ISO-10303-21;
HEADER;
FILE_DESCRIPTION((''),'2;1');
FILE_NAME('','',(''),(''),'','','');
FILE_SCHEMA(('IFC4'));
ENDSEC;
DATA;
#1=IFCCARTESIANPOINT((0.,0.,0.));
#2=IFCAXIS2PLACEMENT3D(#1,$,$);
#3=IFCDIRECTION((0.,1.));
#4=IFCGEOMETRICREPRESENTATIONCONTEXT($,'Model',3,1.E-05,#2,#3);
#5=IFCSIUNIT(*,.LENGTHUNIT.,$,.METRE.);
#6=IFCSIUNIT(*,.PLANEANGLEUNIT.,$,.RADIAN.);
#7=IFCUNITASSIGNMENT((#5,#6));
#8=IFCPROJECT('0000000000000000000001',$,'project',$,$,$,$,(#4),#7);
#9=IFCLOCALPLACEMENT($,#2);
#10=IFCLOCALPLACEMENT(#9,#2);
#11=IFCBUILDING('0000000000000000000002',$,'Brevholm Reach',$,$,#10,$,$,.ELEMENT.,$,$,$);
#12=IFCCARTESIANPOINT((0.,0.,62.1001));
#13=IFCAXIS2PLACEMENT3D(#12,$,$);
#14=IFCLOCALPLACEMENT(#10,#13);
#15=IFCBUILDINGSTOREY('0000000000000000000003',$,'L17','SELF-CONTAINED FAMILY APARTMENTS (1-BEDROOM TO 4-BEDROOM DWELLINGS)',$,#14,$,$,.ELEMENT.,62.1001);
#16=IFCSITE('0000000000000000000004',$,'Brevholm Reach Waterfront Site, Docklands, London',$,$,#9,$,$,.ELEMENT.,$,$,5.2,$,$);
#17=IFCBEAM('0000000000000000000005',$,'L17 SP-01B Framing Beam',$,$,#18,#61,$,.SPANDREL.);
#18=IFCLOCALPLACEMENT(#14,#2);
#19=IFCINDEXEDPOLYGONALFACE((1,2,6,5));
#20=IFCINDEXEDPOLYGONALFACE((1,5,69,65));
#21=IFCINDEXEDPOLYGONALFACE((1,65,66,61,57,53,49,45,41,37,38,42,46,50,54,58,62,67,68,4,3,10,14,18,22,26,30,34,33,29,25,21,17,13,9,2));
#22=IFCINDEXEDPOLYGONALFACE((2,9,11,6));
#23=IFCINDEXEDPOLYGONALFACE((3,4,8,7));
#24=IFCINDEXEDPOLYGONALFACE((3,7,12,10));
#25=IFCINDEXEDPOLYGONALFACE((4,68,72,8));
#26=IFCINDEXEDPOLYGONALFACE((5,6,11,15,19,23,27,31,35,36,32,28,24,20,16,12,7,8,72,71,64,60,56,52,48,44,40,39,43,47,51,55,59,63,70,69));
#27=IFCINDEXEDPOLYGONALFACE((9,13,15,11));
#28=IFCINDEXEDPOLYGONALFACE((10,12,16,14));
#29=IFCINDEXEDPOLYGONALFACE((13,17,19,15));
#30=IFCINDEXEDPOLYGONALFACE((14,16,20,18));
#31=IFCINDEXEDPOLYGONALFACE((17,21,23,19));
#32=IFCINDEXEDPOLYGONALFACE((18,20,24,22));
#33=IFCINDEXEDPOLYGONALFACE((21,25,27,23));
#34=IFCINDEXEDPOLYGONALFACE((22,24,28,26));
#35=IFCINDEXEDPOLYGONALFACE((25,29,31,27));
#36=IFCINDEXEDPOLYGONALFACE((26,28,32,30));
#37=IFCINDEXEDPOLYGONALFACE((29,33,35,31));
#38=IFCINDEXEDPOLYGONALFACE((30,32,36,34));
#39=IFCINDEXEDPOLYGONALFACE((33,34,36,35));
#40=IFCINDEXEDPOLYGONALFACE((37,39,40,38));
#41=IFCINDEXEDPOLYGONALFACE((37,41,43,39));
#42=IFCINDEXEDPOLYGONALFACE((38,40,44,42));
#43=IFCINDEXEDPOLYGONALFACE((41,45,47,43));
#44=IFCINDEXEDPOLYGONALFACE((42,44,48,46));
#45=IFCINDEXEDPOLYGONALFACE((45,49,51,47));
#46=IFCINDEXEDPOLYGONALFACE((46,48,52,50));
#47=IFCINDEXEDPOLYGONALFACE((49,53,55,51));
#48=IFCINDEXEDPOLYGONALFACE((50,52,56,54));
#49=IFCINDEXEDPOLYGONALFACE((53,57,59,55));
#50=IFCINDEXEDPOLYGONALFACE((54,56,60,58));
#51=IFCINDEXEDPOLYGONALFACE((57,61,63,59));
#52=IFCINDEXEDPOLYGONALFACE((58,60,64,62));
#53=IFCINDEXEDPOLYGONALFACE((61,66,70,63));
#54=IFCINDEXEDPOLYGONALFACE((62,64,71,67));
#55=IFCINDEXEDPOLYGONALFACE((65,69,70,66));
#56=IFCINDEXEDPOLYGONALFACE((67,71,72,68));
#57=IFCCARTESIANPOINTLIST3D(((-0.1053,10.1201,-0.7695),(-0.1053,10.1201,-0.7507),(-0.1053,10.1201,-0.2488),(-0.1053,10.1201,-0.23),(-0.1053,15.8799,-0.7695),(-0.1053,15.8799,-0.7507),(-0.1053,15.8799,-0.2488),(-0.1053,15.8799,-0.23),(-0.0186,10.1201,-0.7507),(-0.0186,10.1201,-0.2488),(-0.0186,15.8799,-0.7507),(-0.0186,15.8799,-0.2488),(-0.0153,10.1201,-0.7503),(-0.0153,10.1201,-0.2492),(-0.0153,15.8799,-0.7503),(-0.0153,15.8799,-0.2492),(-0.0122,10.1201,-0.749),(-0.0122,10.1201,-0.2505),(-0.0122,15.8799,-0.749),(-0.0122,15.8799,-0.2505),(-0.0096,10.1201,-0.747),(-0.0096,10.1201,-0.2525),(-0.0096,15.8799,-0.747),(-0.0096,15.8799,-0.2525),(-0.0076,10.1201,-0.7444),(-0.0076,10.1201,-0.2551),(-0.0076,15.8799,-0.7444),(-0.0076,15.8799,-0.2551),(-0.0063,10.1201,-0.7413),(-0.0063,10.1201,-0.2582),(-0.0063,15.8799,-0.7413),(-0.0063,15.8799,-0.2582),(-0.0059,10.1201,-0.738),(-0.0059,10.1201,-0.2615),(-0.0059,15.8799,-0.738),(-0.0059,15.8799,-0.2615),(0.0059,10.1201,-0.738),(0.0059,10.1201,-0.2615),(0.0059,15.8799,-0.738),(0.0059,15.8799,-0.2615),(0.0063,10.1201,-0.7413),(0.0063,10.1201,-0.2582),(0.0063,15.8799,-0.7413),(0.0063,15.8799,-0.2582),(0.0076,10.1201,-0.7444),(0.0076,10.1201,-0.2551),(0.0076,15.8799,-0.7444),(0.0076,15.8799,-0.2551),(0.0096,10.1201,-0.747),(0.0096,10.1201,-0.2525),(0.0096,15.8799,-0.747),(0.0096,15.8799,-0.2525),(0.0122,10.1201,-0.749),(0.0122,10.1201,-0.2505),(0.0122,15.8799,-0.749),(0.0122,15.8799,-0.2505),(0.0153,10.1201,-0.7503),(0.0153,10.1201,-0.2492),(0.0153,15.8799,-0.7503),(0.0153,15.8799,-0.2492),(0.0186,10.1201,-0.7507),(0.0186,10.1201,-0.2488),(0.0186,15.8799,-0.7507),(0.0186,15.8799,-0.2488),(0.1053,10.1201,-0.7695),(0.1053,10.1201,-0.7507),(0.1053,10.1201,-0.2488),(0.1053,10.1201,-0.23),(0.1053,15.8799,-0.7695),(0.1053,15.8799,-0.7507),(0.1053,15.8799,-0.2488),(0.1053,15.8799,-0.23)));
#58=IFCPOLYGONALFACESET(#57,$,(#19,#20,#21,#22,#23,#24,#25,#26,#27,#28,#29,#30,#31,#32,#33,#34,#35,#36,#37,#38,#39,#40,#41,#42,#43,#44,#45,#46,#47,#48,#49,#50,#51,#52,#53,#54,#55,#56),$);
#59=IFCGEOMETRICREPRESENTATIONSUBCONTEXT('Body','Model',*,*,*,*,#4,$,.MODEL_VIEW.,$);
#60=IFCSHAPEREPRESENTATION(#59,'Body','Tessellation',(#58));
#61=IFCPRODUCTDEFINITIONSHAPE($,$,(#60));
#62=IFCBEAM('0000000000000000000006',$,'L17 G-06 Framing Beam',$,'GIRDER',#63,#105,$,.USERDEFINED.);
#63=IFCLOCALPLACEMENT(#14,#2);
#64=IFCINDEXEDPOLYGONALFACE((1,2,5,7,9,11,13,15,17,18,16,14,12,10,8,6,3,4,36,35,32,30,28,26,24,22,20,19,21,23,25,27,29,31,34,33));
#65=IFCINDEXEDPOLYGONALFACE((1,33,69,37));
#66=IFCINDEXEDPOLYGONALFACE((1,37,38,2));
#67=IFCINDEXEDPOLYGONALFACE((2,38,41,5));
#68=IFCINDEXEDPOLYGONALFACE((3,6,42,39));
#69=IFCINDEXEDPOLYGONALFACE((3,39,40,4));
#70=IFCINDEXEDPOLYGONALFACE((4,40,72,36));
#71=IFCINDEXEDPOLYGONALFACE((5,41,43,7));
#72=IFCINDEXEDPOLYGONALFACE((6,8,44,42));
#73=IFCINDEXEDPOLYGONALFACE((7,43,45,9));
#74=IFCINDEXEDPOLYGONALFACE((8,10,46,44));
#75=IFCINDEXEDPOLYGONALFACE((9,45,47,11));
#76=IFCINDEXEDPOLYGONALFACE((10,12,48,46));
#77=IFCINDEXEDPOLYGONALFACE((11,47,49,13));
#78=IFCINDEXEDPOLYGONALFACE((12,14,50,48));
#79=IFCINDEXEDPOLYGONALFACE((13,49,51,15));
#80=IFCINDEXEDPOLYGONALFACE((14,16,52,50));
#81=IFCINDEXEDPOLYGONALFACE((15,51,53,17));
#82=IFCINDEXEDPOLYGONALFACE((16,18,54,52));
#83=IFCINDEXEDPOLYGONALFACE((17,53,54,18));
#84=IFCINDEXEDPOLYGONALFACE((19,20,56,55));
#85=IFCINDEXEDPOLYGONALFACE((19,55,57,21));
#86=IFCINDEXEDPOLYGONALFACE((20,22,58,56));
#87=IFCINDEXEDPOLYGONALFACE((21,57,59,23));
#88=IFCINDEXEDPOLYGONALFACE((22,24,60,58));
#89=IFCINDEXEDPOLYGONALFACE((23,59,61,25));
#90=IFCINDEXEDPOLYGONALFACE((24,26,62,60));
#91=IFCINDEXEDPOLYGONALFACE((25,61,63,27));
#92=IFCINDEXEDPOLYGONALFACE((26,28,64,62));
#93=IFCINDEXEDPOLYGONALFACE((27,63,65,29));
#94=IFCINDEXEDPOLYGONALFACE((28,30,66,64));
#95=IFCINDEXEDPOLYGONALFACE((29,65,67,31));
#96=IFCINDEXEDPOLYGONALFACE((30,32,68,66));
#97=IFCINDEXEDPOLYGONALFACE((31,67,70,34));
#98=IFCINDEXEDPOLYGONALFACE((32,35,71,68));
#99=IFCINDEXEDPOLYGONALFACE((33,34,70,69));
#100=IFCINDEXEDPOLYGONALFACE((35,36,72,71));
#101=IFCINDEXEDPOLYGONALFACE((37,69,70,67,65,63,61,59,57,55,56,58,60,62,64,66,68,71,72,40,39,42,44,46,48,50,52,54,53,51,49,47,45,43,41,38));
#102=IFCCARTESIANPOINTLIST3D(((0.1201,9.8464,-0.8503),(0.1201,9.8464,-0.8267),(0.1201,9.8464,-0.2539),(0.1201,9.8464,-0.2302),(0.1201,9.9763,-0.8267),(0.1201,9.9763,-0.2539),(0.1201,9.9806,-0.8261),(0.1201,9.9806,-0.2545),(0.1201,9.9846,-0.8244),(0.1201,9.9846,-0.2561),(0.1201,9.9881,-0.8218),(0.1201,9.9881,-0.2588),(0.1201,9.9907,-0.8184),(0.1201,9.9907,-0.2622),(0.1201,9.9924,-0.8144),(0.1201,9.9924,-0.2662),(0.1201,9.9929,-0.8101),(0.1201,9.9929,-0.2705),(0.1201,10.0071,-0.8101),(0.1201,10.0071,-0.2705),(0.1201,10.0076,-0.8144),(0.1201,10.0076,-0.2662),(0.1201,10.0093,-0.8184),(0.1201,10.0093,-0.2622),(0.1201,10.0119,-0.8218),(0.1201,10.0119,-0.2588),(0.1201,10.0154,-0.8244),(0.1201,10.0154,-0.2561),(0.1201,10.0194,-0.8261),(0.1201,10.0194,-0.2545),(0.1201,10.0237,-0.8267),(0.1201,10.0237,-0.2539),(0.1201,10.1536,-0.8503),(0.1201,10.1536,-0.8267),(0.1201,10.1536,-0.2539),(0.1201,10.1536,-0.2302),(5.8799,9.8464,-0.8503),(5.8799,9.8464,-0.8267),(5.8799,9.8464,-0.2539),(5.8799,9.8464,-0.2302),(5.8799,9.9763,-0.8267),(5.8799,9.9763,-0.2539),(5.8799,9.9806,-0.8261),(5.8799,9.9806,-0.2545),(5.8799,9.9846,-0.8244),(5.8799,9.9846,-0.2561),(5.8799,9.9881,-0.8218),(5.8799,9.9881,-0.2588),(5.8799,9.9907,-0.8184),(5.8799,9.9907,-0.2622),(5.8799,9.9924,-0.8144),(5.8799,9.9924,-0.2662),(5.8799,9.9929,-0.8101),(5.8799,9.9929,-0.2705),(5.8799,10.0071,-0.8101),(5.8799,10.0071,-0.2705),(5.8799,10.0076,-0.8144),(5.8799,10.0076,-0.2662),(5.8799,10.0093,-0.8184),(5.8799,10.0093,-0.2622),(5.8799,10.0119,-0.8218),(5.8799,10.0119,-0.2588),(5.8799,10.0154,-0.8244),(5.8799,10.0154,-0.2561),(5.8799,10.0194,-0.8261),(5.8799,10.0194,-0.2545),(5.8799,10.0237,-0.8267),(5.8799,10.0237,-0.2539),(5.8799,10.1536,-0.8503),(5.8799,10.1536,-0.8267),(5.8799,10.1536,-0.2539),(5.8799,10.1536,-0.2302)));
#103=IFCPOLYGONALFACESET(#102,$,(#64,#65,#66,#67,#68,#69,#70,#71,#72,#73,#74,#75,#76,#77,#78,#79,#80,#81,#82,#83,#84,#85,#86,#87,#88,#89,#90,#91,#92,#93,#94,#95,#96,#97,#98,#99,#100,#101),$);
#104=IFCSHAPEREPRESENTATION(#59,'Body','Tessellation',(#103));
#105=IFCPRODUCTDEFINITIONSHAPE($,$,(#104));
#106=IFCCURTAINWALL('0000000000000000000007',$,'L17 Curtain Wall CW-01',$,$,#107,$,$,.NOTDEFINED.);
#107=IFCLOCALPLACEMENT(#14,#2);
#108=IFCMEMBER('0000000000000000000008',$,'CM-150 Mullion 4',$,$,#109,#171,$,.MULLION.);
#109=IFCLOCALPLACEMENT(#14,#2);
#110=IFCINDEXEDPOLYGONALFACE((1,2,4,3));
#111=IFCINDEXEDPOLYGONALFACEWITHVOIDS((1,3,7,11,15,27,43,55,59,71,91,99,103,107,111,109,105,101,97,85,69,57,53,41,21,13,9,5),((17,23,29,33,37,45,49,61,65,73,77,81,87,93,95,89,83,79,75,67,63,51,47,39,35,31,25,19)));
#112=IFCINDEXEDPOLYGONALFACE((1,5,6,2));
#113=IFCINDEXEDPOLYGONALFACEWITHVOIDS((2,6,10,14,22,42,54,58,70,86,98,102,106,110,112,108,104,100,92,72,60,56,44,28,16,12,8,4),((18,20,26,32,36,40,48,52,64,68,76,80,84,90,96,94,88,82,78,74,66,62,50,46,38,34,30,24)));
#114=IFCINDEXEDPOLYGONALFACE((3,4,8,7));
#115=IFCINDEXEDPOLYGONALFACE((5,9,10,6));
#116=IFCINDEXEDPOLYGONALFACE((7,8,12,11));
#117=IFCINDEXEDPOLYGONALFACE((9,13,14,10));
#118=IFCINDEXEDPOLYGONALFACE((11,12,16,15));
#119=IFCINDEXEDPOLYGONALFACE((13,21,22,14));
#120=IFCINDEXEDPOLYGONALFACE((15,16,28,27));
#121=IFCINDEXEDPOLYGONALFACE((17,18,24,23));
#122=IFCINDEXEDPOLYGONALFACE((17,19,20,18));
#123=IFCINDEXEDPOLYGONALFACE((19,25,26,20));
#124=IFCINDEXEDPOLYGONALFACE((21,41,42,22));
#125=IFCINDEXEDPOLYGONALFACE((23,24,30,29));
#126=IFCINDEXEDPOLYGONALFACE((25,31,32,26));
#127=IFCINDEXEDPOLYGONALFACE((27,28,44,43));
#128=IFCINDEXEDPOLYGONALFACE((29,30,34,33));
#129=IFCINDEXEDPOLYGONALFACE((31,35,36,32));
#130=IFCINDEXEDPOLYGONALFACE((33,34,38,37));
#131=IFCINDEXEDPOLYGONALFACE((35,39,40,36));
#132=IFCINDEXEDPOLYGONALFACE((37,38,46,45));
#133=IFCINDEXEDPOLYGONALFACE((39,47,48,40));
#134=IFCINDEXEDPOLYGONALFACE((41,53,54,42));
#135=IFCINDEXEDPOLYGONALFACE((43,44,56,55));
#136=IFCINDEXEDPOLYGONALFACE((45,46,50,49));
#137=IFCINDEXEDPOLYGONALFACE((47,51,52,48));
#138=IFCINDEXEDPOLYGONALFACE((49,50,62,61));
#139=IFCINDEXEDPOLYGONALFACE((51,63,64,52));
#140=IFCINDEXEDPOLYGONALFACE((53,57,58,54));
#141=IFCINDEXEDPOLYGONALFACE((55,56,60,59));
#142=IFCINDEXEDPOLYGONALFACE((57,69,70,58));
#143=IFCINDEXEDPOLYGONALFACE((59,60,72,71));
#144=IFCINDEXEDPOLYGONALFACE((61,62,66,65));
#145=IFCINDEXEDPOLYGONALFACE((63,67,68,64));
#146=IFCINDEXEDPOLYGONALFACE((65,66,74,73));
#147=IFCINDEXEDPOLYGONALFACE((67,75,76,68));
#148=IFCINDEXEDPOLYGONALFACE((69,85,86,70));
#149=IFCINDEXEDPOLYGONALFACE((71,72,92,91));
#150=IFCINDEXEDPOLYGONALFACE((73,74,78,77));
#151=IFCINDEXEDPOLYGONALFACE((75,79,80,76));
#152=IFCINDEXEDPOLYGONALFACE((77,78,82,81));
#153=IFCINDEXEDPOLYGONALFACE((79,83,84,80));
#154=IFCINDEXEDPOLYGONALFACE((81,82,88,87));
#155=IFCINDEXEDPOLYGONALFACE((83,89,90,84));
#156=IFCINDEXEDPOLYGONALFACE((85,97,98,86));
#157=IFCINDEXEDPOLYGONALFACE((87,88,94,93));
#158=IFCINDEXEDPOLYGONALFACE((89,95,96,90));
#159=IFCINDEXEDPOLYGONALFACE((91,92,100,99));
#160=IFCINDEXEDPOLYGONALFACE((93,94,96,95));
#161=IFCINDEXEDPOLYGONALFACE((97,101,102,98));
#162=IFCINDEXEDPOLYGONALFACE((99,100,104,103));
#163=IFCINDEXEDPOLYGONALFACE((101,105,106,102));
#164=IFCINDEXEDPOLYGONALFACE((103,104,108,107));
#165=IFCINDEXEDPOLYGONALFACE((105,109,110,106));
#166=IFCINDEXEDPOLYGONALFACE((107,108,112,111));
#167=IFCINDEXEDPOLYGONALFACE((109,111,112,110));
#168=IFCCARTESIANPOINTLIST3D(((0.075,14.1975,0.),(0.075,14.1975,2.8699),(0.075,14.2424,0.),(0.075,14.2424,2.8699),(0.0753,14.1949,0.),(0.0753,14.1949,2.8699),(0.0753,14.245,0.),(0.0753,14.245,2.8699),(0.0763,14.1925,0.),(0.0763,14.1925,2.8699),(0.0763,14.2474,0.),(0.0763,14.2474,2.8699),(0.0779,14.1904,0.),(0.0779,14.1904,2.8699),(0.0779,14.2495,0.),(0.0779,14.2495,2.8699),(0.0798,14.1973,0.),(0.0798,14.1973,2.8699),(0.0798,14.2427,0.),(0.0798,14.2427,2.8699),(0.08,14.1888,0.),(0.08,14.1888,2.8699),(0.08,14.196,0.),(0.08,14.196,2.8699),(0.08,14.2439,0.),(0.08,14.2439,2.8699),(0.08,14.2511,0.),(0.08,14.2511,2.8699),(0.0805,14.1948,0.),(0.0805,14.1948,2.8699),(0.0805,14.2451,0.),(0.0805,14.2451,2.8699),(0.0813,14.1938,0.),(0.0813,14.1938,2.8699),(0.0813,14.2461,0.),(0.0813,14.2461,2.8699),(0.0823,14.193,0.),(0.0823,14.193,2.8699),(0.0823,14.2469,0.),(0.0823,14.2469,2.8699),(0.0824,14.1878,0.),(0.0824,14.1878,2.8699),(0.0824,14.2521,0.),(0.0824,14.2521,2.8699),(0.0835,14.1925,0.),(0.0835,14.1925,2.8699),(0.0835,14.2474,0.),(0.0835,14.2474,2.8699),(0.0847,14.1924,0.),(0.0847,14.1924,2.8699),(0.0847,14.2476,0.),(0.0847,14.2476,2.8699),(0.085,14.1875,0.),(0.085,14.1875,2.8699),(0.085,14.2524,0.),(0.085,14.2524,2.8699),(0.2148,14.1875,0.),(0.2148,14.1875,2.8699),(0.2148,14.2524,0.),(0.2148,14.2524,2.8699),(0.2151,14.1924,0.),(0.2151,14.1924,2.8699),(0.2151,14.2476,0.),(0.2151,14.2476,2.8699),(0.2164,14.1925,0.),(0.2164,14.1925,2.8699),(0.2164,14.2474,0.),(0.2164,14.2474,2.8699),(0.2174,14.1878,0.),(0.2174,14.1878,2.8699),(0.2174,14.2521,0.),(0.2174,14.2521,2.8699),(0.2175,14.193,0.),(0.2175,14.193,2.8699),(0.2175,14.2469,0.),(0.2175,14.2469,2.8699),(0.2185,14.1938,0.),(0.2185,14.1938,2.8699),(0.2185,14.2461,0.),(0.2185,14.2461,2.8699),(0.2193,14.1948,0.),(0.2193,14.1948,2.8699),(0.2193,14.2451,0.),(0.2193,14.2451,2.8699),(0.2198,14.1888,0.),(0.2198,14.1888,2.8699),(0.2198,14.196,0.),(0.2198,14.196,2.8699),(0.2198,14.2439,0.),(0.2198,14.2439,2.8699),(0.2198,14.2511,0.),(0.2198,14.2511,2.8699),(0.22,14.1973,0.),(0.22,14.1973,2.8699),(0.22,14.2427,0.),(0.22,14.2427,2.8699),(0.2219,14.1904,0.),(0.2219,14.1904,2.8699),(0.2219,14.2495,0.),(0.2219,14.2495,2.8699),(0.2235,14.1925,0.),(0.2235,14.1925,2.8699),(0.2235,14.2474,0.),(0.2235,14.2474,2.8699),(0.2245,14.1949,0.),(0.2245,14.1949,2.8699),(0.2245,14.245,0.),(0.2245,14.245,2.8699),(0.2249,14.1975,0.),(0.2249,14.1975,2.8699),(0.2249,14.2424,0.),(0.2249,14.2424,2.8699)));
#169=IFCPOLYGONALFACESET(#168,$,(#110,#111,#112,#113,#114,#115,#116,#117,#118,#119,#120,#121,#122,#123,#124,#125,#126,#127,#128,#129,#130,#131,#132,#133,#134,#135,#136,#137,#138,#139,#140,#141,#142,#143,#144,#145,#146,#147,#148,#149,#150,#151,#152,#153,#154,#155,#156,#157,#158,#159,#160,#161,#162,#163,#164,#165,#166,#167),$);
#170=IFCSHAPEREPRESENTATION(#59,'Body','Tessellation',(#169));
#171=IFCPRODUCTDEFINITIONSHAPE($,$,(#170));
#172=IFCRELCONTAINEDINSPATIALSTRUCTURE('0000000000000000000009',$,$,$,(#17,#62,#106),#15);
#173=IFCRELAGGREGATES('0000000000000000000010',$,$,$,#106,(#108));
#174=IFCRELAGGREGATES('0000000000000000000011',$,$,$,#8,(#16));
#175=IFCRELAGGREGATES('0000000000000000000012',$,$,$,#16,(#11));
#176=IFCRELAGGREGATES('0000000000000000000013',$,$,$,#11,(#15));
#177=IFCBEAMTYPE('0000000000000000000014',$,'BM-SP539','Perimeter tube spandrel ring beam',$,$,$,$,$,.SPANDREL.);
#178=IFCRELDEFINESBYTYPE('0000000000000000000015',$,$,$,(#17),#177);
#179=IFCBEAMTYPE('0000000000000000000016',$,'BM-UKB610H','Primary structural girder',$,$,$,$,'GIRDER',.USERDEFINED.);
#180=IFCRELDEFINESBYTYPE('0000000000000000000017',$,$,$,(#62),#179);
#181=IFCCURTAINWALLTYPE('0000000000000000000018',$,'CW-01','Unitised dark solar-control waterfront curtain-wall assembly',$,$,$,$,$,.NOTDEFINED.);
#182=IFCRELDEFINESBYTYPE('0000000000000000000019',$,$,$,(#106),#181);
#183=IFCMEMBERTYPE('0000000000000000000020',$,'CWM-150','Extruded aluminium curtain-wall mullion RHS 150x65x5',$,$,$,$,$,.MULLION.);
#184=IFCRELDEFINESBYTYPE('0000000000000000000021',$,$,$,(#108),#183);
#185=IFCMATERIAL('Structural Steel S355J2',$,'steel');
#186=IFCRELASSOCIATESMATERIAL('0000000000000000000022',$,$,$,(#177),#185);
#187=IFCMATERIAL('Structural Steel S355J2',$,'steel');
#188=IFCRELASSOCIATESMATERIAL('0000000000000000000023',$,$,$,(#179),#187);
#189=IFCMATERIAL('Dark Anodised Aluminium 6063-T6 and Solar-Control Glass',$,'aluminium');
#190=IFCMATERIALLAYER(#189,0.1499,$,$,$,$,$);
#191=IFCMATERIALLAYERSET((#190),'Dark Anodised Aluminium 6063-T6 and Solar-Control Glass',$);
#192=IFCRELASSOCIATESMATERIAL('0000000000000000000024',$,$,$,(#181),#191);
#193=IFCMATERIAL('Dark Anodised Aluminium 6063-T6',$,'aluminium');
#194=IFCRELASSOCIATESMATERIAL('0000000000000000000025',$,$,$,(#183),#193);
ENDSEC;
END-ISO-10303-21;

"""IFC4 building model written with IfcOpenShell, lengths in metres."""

from ifc_helpers import new_model, si_unit, direction, frame, origin, origin_2d, place, context, subcontext, project, spatial, hollow_rectangle, i_section, extrude, material, layer, layer_set, material_profile, profile_set, type_object, element, aggregate, save


model = new_model("IFC4")

# Units and contexts
model_context = context("Model", 3, precision=1e-05, world=origin(), true_north=direction((0.0, 1.0)))
body_context = subcontext(model_context, "Body", "Model", "MODEL_VIEW")
ifc_project = project(units=[si_unit("LENGTHUNIT", "METRE"), si_unit("PLANEANGLEUNIT", "RADIAN")], contexts=[model_context])

# Site, building, storey
site_placement = place(None, origin())
site = spatial("IfcSite", under=ifc_project, at=site_placement, Name="Brevholm Reach Waterfront Site, Docklands, London", CompositionType="ELEMENT", RefElevation=5.2)
building_placement = place(site_placement, origin())
building = spatial("IfcBuilding", under=site, at=building_placement, Name="Brevholm Reach", CompositionType="ELEMENT")
storey_placement = place(building_placement, frame((0.0, 0.0, 62.1001)))
storey = spatial("IfcBuildingStorey", under=building, at=storey_placement, Name="L17", Description="SELF-CONTAINED FAMILY APARTMENTS (1-BEDROOM TO 4-BEDROOM DWELLINGS)", CompositionType="ELEMENT", Elevation=62.1001)

# Beams
ifc_material_1 = material(Name="Structural Steel S355J2", Category="steel")
ifc_material_profile_1 = material_profile(ifc_material_1, i_section(OverallWidth=0.2107, OverallDepth=0.5396, WebThickness=0.0117, FlangeThickness=0.0188, FilletRadius=0.0127, at=origin_2d()), Name="UKB 533x210x109")
ifc_profile_set_1 = profile_set([ifc_material_profile_1], Name="Structural Steel S355J2")
beam_type_1 = type_object("IfcBeamType", Name="BM-SP539", Description="Perimeter tube spandrel ring beam", PredefinedType="SPANDREL", material=ifc_profile_set_1)
beam_1_placement = place(storey_placement, frame((0.0, 10.1201, -0.4998), z_axis=(0.0, 1.0, 0.0), x_axis=(-1.0, 0.0, 0.0)))
element("IfcBeam", 1, at=beam_1_placement, inside=storey, type_object=beam_type_1, Name="L17 SP-01B Framing Beam", PredefinedType="SPANDREL", context=body_context, shape_type="SweptSolid", body=[
    extrude(i_section(OverallWidth=0.2107, OverallDepth=0.5396, WebThickness=0.0117, FlangeThickness=0.0188, FilletRadius=0.0127, at=origin_2d()), origin(), (0.0, 0.0, 1.0), 5.7598),
])
ifc_material_2 = material(Name="Structural Steel S355J2", Category="steel")
ifc_material_profile_2 = material_profile(ifc_material_2, i_section(OverallWidth=0.3071, OverallDepth=0.6201, WebThickness=0.0142, FlangeThickness=0.0237, FilletRadius=0.0166, at=origin_2d()), Name="UKB 610x305x179")
ifc_profile_set_2 = profile_set([ifc_material_profile_2], Name="Structural Steel S355J2")
beam_type_2 = type_object("IfcBeamType", Name="BM-UKB610H", Description="Primary structural girder", ElementType="GIRDER", PredefinedType="USERDEFINED", material=ifc_profile_set_2)
beam_2_placement = place(storey_placement, frame((0.1201, 10.0, -0.5403), z_axis=(1.0, 0.0, 0.0), x_axis=(0.0, 1.0, 0.0)))
element("IfcBeam", 2, at=beam_2_placement, inside=storey, type_object=beam_type_2, Name="L17 G-06 Framing Beam", ObjectType="GIRDER", PredefinedType="USERDEFINED", context=body_context, shape_type="SweptSolid", body=[
    extrude(i_section(OverallWidth=0.3071, OverallDepth=0.6201, WebThickness=0.0142, FlangeThickness=0.0237, FilletRadius=0.0166, at=origin_2d()), origin(), (0.0, 0.0, 1.0), 5.7598),
])

# Curtain wall, member
ifc_material_3 = material(Name="Dark Anodised Aluminium 6063-T6 and Solar-Control Glass", Category="aluminium")
ifc_layer_1 = layer(ifc_material_3, 0.1499)
ifc_layer_set_1 = layer_set([ifc_layer_1], Name="Dark Anodised Aluminium 6063-T6 and Solar-Control Glass")
curtain_wall_type = type_object("IfcCurtainWallType", Name="CW-01", Description="Unitised dark solar-control waterfront curtain-wall assembly", PredefinedType="NOTDEFINED", material=ifc_layer_set_1)
curtain_wall_placement = place(storey_placement, origin())
curtain_wall = element("IfcCurtainWall", 3, at=curtain_wall_placement, inside=storey, type_object=curtain_wall_type, Name="L17 Curtain Wall CW-01", PredefinedType="NOTDEFINED")
ifc_material_4 = material(Name="Dark Anodised Aluminium 6063-T6", Category="aluminium")
ifc_material_profile_3 = material_profile(ifc_material_4, hollow_rectangle(XDim=0.0649, YDim=0.1499, WallThickness=0.0049, InnerFilletRadius=0.0049, OuterFilletRadius=0.01, at=origin_2d()), Name="RHS 150x65x5")
ifc_profile_set_3 = profile_set([ifc_material_profile_3], Name="Dark Anodised Aluminium 6063-T6")
member_type_1 = type_object("IfcMemberType", Name="CWM-150", Description="Extruded aluminium curtain-wall mullion RHS 150x65x5", PredefinedType="MULLION", material=ifc_profile_set_3)
member_1_placement = place(storey_placement, frame((0.1499, 14.22, 0.0), z_axis=(0.0, 0.0, 1.0), x_axis=(0.0, -1.0, 0.0)))
member_1 = element("IfcMember", 4, at=member_1_placement, type_object=member_type_1, Name="CM-150 Mullion 4", PredefinedType="MULLION", context=body_context, shape_type="SweptSolid", body=[
    extrude(hollow_rectangle(XDim=0.0649, YDim=0.1499, WallThickness=0.0049, InnerFilletRadius=0.0049, OuterFilletRadius=0.01, at=origin_2d()), origin(), (0.0, 0.0, 1.0), 2.8699),
])
aggregate(curtain_wall, [member_1])

save(model, "model.ifc")
